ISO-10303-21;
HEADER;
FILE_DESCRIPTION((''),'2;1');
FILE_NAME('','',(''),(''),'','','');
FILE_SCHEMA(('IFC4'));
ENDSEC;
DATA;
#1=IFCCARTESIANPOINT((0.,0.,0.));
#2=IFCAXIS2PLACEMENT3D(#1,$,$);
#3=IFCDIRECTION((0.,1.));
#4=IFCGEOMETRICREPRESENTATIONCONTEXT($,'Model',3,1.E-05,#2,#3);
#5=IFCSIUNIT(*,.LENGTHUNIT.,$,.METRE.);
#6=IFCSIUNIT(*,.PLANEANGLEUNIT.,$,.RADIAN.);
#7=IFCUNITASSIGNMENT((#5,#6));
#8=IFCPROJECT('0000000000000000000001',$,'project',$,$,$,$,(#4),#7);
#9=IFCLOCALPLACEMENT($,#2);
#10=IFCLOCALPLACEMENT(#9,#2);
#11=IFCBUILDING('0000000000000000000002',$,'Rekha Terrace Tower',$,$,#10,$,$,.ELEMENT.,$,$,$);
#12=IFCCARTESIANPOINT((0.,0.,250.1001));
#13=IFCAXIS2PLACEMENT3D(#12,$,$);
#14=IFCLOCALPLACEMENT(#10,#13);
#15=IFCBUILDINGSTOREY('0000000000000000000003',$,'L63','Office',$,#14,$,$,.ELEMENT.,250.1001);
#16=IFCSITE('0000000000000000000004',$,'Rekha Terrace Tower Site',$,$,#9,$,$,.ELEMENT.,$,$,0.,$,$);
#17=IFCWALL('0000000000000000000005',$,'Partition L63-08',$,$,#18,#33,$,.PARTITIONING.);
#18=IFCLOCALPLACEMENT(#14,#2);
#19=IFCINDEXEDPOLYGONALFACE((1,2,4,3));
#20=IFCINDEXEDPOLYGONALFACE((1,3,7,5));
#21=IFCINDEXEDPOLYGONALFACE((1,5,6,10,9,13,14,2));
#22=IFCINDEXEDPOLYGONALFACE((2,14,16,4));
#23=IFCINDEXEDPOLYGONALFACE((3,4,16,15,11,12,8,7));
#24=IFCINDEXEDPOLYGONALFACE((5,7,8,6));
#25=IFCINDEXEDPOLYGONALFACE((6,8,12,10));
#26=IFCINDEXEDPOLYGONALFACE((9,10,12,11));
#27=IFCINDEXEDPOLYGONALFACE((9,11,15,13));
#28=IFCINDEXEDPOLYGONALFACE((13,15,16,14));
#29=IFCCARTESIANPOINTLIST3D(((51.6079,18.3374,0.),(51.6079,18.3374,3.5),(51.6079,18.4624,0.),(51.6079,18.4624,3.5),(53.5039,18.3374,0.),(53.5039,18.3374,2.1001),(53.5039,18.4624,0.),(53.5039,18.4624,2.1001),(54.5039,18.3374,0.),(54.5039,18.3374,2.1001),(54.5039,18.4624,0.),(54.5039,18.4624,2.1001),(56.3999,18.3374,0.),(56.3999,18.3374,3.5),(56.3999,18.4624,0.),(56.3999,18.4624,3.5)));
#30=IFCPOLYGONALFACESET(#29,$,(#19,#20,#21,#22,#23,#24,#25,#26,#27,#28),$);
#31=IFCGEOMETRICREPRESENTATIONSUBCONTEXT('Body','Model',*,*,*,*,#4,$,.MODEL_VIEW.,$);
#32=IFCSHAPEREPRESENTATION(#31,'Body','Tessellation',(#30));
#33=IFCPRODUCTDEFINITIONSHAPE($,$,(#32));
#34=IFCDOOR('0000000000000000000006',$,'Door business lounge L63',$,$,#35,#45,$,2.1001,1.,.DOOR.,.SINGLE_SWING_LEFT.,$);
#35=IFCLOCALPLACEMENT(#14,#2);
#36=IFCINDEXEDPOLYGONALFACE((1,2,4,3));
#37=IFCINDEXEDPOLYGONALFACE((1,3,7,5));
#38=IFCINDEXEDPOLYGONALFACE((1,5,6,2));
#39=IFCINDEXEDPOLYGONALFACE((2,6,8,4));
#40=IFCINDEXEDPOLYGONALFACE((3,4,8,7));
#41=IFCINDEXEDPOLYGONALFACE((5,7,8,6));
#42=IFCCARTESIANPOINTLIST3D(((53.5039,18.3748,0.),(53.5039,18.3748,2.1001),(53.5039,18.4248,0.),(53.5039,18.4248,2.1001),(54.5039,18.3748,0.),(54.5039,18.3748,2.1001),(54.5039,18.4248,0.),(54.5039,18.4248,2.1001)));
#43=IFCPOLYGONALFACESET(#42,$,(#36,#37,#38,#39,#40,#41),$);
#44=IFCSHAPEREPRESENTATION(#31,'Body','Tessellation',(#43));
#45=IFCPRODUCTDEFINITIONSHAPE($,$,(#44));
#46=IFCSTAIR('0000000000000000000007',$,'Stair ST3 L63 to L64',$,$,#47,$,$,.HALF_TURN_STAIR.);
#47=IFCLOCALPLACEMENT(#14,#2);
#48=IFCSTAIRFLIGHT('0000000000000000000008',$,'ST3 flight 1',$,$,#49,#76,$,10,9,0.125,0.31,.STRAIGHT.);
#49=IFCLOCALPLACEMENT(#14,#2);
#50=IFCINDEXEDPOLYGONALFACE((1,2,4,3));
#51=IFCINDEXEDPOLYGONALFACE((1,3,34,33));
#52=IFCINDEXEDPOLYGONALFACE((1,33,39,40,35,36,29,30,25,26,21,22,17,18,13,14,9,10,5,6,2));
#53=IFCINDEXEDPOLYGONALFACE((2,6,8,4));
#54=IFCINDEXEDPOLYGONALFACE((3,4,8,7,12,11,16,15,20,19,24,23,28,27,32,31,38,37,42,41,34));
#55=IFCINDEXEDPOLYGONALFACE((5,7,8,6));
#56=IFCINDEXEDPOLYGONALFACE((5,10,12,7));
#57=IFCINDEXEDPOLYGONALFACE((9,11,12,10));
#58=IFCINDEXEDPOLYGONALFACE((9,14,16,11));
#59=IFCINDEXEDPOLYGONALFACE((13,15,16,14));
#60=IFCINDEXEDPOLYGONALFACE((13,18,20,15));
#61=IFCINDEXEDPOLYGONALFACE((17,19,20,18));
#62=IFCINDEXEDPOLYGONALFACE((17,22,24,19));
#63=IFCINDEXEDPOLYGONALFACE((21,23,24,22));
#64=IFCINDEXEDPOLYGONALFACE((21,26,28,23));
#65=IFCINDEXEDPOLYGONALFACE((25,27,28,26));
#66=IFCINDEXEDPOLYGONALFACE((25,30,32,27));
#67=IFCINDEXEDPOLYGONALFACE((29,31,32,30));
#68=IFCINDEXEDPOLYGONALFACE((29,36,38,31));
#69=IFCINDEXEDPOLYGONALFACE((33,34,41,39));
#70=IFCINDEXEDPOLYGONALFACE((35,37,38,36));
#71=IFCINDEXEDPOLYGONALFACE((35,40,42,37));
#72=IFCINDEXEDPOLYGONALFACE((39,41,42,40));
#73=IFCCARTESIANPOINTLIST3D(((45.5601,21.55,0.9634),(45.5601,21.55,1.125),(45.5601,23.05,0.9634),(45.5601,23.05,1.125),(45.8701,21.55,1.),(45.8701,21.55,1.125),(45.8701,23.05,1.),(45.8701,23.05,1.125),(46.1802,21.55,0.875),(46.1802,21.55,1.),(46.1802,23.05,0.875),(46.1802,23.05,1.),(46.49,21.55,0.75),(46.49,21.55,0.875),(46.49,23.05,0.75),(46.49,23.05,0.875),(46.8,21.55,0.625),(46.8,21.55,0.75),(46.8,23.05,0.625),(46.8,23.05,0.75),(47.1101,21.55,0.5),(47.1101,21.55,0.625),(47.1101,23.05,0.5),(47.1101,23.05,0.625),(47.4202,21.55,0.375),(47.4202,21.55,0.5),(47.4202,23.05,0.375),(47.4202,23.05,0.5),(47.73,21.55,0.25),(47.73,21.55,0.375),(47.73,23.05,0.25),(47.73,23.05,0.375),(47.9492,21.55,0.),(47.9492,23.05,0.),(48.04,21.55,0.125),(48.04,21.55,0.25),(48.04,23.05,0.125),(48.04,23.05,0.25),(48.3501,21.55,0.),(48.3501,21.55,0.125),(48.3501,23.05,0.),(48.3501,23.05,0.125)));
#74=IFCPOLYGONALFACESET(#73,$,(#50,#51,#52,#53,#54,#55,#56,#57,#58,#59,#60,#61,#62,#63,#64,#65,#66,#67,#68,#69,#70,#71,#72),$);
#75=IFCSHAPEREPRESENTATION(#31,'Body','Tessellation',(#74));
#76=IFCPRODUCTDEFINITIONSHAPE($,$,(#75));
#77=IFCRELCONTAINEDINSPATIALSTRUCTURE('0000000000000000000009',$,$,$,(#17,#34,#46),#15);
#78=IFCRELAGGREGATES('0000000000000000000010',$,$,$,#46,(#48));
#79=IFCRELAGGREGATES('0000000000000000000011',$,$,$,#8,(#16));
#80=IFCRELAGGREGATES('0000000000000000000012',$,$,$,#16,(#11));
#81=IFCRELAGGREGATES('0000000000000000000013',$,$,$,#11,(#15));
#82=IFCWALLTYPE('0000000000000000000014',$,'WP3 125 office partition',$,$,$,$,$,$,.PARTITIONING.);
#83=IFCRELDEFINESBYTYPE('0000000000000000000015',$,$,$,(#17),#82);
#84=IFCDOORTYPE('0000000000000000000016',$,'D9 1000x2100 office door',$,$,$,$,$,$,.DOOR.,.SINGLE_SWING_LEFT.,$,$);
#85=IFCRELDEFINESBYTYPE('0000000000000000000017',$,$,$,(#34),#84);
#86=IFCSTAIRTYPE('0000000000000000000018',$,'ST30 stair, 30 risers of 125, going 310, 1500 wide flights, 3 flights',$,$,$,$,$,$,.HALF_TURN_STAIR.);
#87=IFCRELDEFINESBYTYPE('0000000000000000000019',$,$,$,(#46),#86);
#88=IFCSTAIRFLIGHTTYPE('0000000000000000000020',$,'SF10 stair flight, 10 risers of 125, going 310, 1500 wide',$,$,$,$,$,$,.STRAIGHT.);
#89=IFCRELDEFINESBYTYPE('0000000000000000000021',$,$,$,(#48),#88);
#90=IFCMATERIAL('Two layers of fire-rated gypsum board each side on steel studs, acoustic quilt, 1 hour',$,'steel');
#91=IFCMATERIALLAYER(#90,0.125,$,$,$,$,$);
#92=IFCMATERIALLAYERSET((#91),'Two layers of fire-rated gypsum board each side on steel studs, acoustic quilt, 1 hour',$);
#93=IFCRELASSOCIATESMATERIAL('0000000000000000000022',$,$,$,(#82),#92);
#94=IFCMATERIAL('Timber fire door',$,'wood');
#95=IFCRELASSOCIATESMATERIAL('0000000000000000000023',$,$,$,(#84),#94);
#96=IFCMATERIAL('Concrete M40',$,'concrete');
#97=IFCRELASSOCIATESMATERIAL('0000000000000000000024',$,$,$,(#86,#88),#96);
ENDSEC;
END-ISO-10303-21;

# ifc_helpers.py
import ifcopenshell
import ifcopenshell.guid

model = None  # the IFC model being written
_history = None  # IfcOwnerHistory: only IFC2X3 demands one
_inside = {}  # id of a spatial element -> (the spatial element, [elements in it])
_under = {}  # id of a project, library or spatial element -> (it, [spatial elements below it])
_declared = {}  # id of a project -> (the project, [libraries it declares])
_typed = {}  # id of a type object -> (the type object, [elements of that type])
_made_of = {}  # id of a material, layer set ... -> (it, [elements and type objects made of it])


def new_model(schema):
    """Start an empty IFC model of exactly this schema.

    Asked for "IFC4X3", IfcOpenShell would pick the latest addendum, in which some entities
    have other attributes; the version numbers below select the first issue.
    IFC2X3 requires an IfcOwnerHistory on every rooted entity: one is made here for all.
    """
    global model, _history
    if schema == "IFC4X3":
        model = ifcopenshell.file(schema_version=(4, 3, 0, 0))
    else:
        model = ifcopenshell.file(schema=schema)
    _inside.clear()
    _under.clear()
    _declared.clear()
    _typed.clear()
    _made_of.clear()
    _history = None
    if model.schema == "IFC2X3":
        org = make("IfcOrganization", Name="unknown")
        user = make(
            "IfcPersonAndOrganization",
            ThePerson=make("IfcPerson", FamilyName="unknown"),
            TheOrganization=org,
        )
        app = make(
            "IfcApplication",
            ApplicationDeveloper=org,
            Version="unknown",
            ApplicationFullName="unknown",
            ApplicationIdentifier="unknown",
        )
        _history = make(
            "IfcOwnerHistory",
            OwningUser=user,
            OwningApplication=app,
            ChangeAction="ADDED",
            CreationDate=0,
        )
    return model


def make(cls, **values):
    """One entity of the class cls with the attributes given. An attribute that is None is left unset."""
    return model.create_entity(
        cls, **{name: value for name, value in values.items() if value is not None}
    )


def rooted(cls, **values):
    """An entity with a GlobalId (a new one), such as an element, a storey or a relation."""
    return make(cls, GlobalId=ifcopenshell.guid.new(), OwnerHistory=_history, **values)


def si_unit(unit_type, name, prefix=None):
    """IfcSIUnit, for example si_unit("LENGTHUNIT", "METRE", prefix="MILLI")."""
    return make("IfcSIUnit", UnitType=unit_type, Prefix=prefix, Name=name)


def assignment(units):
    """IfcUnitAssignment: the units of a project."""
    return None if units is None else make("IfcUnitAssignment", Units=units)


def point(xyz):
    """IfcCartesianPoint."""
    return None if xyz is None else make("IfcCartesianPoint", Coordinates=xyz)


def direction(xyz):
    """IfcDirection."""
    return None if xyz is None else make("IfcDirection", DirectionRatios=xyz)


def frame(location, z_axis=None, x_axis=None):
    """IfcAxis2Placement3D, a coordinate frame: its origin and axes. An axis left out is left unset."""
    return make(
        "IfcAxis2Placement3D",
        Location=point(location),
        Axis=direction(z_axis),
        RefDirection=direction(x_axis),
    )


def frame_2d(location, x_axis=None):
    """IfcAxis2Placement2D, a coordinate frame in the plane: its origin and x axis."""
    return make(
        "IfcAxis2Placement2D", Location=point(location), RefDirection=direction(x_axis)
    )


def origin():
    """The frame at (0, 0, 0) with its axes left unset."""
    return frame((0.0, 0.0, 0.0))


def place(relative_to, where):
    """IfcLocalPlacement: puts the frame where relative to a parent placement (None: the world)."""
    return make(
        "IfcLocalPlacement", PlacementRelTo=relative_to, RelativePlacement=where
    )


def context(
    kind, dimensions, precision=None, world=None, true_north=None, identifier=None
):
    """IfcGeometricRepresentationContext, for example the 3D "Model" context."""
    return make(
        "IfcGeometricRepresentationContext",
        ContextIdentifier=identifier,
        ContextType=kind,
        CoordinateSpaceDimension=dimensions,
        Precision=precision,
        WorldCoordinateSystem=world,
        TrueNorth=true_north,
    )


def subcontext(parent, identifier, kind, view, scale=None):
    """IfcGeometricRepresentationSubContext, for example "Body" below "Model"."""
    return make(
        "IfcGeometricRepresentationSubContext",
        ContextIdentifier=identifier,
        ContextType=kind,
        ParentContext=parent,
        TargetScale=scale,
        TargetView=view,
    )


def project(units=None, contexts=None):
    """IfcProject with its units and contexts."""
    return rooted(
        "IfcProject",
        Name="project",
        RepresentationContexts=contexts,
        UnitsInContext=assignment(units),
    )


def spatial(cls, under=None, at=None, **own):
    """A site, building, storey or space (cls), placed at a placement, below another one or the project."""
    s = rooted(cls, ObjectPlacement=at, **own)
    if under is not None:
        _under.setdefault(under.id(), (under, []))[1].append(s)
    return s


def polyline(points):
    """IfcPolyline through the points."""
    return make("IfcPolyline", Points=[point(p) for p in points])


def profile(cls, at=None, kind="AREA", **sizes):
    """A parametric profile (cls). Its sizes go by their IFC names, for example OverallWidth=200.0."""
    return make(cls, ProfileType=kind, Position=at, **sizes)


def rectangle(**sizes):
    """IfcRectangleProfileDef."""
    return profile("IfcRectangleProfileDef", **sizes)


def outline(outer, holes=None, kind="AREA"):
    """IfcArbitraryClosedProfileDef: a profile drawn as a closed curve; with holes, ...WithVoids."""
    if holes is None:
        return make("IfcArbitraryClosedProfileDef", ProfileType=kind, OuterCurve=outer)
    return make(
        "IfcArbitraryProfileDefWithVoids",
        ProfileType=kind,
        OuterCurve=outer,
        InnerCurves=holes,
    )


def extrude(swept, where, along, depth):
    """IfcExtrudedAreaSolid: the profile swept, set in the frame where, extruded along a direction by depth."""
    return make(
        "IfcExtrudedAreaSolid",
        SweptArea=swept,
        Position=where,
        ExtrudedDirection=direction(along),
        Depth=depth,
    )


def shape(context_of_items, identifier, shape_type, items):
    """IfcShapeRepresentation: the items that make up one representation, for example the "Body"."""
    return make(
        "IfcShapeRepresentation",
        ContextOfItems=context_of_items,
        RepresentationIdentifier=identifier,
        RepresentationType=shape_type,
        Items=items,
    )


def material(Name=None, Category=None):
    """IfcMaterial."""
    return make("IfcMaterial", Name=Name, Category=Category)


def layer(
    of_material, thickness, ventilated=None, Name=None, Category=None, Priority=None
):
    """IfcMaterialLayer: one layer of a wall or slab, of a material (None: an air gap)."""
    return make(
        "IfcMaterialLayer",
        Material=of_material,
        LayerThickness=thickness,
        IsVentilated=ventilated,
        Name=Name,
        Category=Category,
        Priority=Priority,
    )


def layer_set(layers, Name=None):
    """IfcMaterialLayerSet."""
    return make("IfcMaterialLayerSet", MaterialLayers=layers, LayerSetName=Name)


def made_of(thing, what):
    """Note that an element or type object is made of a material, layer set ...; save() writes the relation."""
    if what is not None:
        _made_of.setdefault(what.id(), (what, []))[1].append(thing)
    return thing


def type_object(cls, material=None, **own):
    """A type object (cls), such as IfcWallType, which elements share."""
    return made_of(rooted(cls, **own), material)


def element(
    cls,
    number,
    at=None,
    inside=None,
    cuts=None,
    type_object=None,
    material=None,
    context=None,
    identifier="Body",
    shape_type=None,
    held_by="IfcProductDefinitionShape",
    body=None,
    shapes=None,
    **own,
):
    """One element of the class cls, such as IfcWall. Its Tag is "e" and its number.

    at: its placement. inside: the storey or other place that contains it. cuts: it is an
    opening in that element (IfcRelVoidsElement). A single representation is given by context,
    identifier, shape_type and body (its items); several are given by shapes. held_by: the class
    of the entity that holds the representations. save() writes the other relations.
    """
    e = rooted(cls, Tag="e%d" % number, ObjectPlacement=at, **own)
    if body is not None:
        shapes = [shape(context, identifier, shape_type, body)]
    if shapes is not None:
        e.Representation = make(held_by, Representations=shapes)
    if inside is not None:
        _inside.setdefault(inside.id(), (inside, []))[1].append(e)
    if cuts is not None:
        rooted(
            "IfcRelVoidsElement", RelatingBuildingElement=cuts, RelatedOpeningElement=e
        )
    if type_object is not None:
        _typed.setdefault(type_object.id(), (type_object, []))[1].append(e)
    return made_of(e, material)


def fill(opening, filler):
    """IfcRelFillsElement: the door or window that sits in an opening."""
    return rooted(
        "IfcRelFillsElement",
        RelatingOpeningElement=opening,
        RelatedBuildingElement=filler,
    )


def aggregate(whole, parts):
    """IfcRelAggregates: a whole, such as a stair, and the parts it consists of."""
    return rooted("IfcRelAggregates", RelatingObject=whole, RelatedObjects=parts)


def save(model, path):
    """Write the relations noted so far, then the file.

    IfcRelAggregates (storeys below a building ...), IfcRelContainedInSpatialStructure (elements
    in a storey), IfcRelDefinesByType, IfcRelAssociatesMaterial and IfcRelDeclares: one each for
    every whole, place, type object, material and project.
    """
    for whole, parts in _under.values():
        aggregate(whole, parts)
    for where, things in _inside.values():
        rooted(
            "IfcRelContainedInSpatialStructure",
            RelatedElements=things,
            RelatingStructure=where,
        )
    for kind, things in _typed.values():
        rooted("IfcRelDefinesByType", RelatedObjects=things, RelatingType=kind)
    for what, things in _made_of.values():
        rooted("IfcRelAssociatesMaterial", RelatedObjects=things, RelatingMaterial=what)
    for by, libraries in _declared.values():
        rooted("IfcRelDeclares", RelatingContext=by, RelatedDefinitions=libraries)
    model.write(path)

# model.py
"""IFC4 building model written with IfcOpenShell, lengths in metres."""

from ifc_helpers import new_model, si_unit, direction, frame, frame_2d, origin, place, context, subcontext, project, spatial, polyline, rectangle, outline, extrude, material, layer, layer_set, type_object, element, fill, aggregate, save


model = new_model("IFC4")

# Units and contexts
model_context = context("Model", 3, precision=1e-05, world=origin(), true_north=direction((0.0, 1.0)))
body_context = subcontext(model_context, "Body", "Model", "MODEL_VIEW")
ifc_project = project(units=[si_unit("LENGTHUNIT", "METRE"), si_unit("PLANEANGLEUNIT", "RADIAN")], contexts=[model_context])

# Site, building, storey
site_placement = place(None, origin())
site = spatial("IfcSite", under=ifc_project, at=site_placement, Name="Rekha Terrace Tower Site", CompositionType="ELEMENT", RefElevation=0.0)
building_placement = place(site_placement, origin())
building = spatial("IfcBuilding", under=site, at=building_placement, Name="Rekha Terrace Tower", CompositionType="ELEMENT")
storey_placement = place(building_placement, frame((0.0, 0.0, 250.1001)))
storey = spatial("IfcBuildingStorey", under=building, at=storey_placement, Name="L63", Description="Office", CompositionType="ELEMENT", Elevation=250.1001)

# Shared definitions
ifc_material_1 = material(Name="Two layers of fire-rated gypsum board each side on steel studs, acoustic quilt, 1 hour", Category="steel")
ifc_layer_1 = layer(ifc_material_1, 0.125)
ifc_layer_set_1 = layer_set([ifc_layer_1], Name="Two layers of fire-rated gypsum board each side on steel studs, acoustic quilt, 1 hour")
wall_type_1 = type_object("IfcWallType", Name="WP3 125 office partition", PredefinedType="PARTITIONING", material=ifc_layer_set_1)

# Wall, opening, door
wall_1_placement = place(storey_placement, frame((51.6079, 18.3999, 0.0), z_axis=(0.0, 0.0, 1.0), x_axis=(1.0, 0.0, 0.0)))
wall_1 = element("IfcWall", 1, at=wall_1_placement, inside=storey, type_object=wall_type_1, Name="Partition L63-08", PredefinedType="PARTITIONING", context=body_context, shape_type="SweptSolid", body=[
    extrude(rectangle(XDim=4.792, YDim=0.125, at=frame_2d((2.396, 0.0))), origin(), (0.0, 0.0, 1.0), 3.5),
])
opening_1_placement = place(wall_1_placement, frame((1.896, 0.0, 0.0)))
opening_1 = element("IfcOpeningElement", 2, at=opening_1_placement, cuts=wall_1, PredefinedType="OPENING", context=body_context, shape_type="SweptSolid", body=[
    extrude(rectangle(XDim=1.0, YDim=2.1001, at=frame_2d((0.5, 1.05))), frame((0.0, 0.0725, 0.0), z_axis=(0.0, -1.0, 0.0), x_axis=(1.0, 0.0, 0.0)), (0.0, 0.0, 1.0), 0.145),
])
ifc_material_2 = material(Name="Timber fire door", Category="wood")
door_type_1 = type_object("IfcDoorType", Name="D9 1000x2100 office door", OperationType="SINGLE_SWING_LEFT", PredefinedType="DOOR", material=ifc_material_2)
door_1_placement = place(opening_1_placement, origin())
door_1 = element("IfcDoor", 3, at=door_1_placement, inside=storey, type_object=door_type_1, Name="Door business lounge L63", OperationType="SINGLE_SWING_LEFT", OverallHeight=2.1001, OverallWidth=1.0, PredefinedType="DOOR", context=body_context, shape_type="SweptSolid", body=[
    extrude(rectangle(XDim=1.0, YDim=2.1001, at=frame_2d((0.5, 1.05))), frame((0.0, 0.0249, 0.0), z_axis=(0.0, -1.0, 0.0), x_axis=(1.0, 0.0, 0.0)), (0.0, 0.0, 1.0), 0.05),
])
fill(opening_1, door_1)

# Stair, stair flight
ifc_material_3 = material(Name="Concrete M40", Category="concrete")
stair_type = type_object("IfcStairType", Name="ST30 stair, 30 risers of 125, going 310, 1500 wide flights, 3 flights", PredefinedType="HALF_TURN_STAIR", material=ifc_material_3)
stair_placement = place(storey_placement, origin())
stair = element("IfcStair", 4, at=stair_placement, inside=storey, type_object=stair_type, Name="Stair ST3 L63 to L64", PredefinedType="HALF_TURN_STAIR")
stair_flight_type = type_object("IfcStairFlightType", Name="SF10 stair flight, 10 risers of 125, going 310, 1500 wide", PredefinedType="STRAIGHT", material=ifc_material_3)
stair_flight_placement = place(storey_placement, frame((48.3501, 22.3, 0.0), z_axis=(0.0, 0.0, 1.0), x_axis=(-1.0, 0.0, 0.0)))
stair_flight = element("IfcStairFlight", 5, at=stair_flight_placement, type_object=stair_flight_type, Name="ST3 flight 1", NumberOfRisers=10, NumberOfTreads=9, PredefinedType="STRAIGHT", RiserHeight=0.125, TreadLength=0.31, context=body_context, shape_type="SweptSolid", body=[
    extrude(outline(polyline([(0.0, 0.0), (0.0, 0.125), (0.3101, 0.125), (0.3101, 0.25), (0.6201, 0.25), (0.6201, 0.375), (0.9299, 0.375), (0.9299, 0.5), (1.24, 0.5), (1.24, 0.625), (1.55, 0.625), (1.55, 0.75), (1.8601, 0.75), (1.8601, 0.875), (2.1699, 0.875), (2.1699, 1.0), (2.48, 1.0), (2.48, 1.125), (2.79, 1.125), (2.79, 1.25), (2.79, 0.9634), (0.4009, 0.0), (0.0, 0.0)])), frame((0.0, 0.75, 0.0), z_axis=(0.0, -1.0, 0.0), x_axis=(1.0, 0.0, 0.0)), (0.0, 0.0, 1.0), 1.5),
])
aggregate(stair, [stair_flight])

save(model, "model.ifc")
